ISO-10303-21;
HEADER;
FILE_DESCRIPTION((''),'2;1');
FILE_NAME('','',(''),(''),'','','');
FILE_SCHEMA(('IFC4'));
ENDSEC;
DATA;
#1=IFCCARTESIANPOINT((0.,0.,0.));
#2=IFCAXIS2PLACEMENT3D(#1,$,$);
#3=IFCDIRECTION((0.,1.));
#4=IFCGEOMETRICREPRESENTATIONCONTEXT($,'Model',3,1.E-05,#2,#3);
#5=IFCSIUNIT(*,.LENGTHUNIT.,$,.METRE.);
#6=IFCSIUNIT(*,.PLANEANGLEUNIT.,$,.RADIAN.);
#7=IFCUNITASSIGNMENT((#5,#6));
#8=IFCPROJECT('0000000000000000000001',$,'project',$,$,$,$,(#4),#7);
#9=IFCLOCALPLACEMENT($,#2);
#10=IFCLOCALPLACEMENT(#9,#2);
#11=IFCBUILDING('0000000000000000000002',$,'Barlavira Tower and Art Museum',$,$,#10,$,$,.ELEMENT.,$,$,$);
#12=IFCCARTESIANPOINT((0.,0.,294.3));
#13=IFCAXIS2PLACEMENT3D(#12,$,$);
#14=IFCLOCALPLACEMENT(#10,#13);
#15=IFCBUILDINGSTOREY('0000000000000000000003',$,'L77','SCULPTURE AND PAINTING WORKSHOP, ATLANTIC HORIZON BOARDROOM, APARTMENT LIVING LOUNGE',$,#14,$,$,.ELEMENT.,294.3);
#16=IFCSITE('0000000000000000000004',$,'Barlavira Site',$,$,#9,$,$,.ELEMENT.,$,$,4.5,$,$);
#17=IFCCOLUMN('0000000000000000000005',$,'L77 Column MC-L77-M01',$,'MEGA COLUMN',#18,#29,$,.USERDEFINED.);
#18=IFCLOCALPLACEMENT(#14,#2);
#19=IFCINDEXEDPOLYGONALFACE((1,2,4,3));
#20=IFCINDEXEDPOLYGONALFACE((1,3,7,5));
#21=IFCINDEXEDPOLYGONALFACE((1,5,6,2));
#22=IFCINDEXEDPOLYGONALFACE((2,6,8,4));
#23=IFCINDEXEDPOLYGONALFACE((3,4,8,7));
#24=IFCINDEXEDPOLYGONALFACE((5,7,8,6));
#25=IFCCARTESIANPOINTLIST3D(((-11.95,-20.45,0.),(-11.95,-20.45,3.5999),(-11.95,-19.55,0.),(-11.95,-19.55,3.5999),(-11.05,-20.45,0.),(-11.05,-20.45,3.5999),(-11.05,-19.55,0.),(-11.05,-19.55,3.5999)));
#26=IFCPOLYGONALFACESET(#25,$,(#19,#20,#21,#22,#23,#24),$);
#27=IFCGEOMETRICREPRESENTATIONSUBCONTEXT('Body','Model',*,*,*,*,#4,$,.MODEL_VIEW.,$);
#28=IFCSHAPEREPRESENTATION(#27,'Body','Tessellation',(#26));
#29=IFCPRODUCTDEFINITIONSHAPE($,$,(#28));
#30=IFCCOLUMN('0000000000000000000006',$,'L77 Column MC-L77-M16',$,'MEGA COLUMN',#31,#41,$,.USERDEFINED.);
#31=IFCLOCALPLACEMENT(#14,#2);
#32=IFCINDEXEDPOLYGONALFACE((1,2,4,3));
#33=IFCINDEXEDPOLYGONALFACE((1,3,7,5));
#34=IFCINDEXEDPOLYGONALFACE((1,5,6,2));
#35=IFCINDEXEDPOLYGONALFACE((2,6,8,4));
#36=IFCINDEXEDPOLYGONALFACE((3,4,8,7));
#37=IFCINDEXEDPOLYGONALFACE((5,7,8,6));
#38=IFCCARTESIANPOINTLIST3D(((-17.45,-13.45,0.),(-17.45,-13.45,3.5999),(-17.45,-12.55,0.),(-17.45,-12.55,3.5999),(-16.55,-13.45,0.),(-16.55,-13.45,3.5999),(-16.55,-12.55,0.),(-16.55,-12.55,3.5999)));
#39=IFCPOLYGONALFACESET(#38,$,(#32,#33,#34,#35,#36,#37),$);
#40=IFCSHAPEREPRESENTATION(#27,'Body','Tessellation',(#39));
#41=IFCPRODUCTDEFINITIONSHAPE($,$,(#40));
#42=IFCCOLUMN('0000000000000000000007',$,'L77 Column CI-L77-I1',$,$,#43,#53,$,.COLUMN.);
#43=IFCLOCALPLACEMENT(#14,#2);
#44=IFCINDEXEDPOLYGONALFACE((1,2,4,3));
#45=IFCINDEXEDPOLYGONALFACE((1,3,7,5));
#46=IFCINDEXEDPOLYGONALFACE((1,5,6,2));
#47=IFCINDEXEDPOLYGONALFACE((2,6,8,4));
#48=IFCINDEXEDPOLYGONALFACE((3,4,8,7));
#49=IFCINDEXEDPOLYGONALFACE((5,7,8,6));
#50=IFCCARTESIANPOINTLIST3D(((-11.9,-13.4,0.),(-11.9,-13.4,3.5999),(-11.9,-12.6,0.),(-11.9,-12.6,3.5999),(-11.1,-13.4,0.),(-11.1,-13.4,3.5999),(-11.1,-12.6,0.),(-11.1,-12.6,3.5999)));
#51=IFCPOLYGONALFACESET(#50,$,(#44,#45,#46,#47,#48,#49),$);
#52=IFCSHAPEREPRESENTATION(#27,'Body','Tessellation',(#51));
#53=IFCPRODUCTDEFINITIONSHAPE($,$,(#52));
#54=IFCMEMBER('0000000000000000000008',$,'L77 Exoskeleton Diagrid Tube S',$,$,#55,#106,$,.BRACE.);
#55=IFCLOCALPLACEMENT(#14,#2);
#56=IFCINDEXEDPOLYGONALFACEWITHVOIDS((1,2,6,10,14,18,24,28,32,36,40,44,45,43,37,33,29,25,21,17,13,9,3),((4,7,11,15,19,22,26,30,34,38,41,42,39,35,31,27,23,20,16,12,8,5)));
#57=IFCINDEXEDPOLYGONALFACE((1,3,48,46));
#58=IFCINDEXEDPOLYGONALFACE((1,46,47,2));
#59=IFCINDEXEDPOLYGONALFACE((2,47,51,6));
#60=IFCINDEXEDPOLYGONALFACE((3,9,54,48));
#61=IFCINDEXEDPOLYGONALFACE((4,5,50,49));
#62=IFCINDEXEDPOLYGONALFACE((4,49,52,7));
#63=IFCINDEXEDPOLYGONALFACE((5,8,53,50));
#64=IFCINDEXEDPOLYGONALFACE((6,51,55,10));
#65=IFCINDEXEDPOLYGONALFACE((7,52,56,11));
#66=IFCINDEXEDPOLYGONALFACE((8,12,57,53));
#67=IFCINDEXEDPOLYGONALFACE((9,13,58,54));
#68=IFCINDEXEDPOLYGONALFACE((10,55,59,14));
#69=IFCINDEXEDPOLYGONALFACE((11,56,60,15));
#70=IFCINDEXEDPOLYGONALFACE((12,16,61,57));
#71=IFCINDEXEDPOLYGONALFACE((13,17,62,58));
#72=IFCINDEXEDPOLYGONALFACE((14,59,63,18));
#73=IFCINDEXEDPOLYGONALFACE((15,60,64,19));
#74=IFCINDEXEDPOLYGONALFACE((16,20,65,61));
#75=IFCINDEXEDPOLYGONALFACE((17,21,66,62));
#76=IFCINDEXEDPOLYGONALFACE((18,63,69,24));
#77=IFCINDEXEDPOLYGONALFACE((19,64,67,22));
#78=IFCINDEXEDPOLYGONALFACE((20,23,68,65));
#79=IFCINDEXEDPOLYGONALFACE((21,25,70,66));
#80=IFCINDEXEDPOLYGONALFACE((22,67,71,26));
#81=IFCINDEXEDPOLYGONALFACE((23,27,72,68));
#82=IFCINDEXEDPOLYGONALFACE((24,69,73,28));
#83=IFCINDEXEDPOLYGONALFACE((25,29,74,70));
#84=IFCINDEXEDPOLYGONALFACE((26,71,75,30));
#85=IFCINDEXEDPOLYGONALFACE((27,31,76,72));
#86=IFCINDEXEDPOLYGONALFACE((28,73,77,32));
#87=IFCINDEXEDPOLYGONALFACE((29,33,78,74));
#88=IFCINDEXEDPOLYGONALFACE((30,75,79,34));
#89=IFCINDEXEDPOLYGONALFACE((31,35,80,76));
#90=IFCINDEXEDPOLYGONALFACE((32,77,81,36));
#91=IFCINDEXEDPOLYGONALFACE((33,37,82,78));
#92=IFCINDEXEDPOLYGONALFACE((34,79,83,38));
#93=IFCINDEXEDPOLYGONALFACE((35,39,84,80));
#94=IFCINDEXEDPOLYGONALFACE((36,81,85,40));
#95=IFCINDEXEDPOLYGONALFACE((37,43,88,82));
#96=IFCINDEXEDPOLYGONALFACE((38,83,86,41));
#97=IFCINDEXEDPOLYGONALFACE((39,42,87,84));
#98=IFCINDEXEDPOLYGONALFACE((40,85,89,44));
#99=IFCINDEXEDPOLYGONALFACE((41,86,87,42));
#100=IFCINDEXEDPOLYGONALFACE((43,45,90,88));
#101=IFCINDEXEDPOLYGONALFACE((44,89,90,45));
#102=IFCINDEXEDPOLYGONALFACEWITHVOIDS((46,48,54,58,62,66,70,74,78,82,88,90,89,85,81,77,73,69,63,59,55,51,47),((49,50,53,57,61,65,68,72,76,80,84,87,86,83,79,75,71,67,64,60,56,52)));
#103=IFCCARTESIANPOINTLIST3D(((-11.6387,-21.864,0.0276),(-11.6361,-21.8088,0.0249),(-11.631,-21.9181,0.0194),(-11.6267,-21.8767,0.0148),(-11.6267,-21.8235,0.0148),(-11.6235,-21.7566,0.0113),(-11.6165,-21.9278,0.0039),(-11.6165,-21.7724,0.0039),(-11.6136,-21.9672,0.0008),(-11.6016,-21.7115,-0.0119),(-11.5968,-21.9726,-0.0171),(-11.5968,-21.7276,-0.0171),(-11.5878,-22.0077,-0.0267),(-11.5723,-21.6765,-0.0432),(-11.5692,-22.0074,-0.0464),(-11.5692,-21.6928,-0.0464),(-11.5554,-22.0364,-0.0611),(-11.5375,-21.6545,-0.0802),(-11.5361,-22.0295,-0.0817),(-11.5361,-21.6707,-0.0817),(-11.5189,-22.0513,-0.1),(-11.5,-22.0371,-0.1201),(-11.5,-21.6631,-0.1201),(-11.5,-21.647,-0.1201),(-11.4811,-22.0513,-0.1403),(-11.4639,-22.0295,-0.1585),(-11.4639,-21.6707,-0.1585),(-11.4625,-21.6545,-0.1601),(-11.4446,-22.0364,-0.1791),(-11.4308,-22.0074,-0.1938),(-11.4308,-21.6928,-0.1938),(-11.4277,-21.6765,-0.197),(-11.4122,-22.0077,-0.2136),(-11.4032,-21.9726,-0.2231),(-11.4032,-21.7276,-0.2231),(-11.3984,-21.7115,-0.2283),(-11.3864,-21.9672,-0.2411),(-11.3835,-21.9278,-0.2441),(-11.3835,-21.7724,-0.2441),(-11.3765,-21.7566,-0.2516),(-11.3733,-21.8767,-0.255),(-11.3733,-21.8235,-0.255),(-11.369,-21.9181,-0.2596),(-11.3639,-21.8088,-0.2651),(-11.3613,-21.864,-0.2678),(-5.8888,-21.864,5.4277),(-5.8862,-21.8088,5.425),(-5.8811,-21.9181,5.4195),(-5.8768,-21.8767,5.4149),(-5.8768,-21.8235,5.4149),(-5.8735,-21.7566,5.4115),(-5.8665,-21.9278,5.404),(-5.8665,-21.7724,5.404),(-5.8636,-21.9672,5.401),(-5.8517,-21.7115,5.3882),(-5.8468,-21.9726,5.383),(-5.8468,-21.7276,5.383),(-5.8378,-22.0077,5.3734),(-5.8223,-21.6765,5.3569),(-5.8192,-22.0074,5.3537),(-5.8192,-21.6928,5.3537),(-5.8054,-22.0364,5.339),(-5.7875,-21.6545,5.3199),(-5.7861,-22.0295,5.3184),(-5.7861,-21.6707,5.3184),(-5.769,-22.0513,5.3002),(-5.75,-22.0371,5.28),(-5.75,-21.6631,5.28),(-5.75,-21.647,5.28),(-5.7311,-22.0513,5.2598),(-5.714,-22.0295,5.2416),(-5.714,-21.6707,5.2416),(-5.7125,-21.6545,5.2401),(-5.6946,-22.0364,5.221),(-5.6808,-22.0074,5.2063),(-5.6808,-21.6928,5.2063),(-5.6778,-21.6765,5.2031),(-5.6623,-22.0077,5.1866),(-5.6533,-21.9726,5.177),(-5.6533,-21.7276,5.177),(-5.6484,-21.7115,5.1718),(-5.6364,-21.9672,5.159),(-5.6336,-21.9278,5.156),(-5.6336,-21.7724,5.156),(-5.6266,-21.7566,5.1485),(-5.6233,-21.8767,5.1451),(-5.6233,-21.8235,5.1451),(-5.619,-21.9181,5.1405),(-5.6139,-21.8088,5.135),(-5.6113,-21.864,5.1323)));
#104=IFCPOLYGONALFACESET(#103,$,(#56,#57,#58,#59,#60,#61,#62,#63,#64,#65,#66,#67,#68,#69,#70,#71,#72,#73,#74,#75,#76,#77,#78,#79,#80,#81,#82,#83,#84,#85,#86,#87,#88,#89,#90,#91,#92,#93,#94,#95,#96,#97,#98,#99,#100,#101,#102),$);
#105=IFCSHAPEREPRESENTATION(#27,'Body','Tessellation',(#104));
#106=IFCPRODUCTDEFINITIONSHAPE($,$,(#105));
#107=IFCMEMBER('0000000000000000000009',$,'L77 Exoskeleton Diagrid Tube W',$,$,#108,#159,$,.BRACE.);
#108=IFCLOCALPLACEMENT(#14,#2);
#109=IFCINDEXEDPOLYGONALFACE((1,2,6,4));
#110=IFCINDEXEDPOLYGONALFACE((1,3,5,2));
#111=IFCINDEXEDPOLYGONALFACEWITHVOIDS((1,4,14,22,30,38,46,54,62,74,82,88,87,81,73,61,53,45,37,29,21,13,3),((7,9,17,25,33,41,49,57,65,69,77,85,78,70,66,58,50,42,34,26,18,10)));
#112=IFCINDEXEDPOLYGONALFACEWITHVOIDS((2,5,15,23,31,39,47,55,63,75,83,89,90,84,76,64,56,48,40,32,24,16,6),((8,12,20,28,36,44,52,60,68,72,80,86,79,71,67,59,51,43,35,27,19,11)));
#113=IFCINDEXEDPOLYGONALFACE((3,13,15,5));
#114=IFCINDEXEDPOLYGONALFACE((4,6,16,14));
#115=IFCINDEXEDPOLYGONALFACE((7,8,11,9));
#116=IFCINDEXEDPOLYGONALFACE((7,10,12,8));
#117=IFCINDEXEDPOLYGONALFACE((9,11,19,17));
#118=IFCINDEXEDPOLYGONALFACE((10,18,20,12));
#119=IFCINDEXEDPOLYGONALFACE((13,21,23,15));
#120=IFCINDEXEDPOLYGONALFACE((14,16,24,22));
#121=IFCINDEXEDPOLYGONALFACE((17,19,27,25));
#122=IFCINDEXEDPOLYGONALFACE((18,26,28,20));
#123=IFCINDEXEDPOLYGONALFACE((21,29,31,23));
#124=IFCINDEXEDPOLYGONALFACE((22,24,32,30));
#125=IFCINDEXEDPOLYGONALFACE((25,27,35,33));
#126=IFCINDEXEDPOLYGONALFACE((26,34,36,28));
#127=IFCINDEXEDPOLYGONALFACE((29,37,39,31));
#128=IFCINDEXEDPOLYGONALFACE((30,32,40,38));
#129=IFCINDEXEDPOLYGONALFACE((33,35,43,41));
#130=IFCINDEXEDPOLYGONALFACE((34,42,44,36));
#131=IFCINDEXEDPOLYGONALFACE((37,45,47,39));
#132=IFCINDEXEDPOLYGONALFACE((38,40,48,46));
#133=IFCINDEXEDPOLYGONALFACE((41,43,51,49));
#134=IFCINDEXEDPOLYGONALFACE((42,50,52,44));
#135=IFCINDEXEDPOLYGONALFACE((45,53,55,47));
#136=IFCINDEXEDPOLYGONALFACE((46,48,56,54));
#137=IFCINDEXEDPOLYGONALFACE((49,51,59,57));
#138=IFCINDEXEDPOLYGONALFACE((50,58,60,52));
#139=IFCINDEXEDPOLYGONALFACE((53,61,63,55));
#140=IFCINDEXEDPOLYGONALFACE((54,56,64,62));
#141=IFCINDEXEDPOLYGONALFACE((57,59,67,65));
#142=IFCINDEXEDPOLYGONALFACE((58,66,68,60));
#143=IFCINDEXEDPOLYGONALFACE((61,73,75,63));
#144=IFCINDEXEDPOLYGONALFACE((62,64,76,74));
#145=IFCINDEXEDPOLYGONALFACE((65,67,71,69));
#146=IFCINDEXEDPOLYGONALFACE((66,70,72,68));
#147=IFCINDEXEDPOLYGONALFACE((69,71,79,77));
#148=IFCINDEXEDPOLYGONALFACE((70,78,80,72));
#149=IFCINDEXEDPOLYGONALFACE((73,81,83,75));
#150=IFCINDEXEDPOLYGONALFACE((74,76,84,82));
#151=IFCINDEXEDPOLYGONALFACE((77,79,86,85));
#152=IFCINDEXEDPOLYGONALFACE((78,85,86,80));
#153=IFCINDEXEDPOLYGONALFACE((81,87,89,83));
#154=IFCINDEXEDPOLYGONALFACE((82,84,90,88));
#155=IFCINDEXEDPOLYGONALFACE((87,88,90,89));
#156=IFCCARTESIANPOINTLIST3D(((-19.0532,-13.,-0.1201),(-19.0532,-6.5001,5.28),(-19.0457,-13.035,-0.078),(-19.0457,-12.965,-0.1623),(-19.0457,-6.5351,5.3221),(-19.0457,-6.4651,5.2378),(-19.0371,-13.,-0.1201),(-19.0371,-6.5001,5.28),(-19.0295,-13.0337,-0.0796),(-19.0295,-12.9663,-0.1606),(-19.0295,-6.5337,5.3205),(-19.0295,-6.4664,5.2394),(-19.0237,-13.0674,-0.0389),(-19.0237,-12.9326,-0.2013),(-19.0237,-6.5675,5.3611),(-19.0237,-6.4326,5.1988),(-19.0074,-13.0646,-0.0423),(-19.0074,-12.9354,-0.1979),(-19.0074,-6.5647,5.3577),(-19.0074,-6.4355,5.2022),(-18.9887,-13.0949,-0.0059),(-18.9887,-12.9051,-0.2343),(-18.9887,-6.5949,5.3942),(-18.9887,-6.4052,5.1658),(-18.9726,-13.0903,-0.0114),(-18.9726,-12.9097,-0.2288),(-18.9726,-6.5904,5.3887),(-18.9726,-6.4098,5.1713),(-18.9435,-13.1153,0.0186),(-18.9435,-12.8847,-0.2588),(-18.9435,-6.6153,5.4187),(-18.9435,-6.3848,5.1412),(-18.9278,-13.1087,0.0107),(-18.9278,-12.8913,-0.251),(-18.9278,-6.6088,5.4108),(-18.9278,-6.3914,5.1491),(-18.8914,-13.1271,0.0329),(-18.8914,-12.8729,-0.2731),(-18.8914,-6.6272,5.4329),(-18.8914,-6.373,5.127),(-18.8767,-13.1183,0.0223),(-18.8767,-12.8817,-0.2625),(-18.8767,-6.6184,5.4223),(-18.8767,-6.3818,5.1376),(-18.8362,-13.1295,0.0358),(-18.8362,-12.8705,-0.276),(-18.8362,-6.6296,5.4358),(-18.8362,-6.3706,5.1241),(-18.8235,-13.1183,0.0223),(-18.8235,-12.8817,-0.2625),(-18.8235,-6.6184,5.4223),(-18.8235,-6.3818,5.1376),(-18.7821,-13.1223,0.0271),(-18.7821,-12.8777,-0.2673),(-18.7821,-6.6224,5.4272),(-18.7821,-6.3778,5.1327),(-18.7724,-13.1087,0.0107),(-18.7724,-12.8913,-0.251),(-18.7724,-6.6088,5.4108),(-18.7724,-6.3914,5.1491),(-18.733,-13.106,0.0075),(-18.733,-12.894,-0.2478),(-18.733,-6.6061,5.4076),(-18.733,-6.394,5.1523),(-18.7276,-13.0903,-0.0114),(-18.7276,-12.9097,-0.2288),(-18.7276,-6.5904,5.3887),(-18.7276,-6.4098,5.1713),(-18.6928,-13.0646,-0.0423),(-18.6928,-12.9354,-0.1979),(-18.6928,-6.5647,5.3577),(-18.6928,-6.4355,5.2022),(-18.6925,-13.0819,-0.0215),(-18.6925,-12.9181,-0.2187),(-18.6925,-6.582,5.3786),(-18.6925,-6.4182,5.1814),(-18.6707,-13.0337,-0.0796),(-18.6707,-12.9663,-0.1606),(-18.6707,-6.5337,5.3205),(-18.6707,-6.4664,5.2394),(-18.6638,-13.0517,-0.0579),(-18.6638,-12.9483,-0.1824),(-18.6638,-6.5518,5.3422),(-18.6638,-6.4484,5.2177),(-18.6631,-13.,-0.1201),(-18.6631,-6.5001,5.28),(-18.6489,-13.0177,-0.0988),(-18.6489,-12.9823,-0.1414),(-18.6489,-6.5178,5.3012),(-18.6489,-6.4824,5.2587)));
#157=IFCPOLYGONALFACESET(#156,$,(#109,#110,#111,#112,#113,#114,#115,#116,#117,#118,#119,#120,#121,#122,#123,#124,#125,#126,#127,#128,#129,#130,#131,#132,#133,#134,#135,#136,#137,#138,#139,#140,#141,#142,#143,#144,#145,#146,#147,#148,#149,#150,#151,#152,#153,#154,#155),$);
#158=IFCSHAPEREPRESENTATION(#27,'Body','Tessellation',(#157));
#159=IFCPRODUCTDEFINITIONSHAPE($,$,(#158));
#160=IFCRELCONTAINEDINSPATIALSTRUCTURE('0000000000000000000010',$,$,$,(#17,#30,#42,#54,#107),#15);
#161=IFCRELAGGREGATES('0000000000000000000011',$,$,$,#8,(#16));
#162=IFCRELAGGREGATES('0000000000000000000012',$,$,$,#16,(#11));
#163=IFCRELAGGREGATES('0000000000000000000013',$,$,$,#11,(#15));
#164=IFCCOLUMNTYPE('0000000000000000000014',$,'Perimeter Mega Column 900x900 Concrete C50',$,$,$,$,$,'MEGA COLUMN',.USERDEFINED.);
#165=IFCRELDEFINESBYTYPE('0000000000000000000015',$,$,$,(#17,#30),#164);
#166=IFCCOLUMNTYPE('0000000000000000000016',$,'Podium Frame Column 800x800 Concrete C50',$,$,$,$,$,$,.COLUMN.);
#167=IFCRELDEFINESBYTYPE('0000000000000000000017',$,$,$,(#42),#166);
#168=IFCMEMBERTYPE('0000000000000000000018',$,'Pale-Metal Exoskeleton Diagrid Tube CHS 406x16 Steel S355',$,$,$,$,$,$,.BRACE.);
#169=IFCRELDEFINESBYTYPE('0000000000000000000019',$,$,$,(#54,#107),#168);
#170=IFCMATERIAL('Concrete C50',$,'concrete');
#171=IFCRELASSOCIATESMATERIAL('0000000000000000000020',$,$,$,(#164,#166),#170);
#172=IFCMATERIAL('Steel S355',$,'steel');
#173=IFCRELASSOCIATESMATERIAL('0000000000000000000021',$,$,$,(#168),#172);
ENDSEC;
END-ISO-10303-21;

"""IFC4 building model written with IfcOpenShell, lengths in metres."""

from ifc_helpers import new_model, si_unit, direction, frame, origin, origin_2d, place, context, subcontext, project, spatial, rectangle, hollow_circle, extrude, material, material_profile, profile_set, type_object, element, save


model = new_model("IFC4")

# Units and contexts
model_context = context("Model", 3, precision=1e-05, world=origin(), true_north=direction((0.0, 1.0)))
body_context = subcontext(model_context, "Body", "Model", "MODEL_VIEW")
ifc_project = project(units=[si_unit("LENGTHUNIT", "METRE"), si_unit("PLANEANGLEUNIT", "RADIAN")], contexts=[model_context])

# Site, building, storey
site_placement = place(None, origin())
site = spatial("IfcSite", under=ifc_project, at=site_placement, Name="Barlavira Site", CompositionType="ELEMENT", RefElevation=4.5)
building_placement = place(site_placement, origin())
building = spatial("IfcBuilding", under=site, at=building_placement, Name="Barlavira Tower and Art Museum", CompositionType="ELEMENT")
storey_placement = place(building_placement, frame((0.0, 0.0, 294.3)))
storey = spatial("IfcBuildingStorey", under=building, at=storey_placement, Name="L77", Description="SCULPTURE AND PAINTING WORKSHOP, ATLANTIC HORIZON BOARDROOM, APARTMENT LIVING LOUNGE", CompositionType="ELEMENT", Elevation=294.3)

# Columns
ifc_material_1 = material(Name="Concrete C50", Category="concrete")
ifc_material_profile_1 = material_profile(ifc_material_1, rectangle(XDim=0.8999, YDim=0.8999, at=origin_2d()), Name="RC-COL 900x900")
ifc_profile_set_1 = profile_set([ifc_material_profile_1], Name="Concrete C50")
column_type_1 = type_object("IfcColumnType", Name="Perimeter Mega Column 900x900 Concrete C50", ElementType="MEGA COLUMN", PredefinedType="USERDEFINED", material=ifc_profile_set_1)
for number, where, z_axis, x_axis, name in (
    (1, (-11.5, -20.0, 0.0), (0.0, 0.0, 1.0), (1.0, 0.0, 0.0), "L77 Column MC-L77-M01"),
    (2, (-17.0, -13.0, 0.0), (0.0, 0.0, 1.0), (1.0, 0.0, 0.0), "L77 Column MC-L77-M16"),
):
    element("IfcColumn", number, at=place(storey_placement, frame(where, z_axis=z_axis, x_axis=x_axis)), inside=storey, type_object=column_type_1, Name=name, ObjectType="MEGA COLUMN", PredefinedType="USERDEFINED", context=body_context, shape_type="SweptSolid", body=[
        extrude(rectangle(XDim=0.8999, YDim=0.8999, at=origin_2d()), origin(), (0.0, 0.0, 1.0), 3.5999),
    ])
ifc_material_profile_2 = material_profile(ifc_material_1, rectangle(XDim=0.8, YDim=0.8, at=origin_2d()), Name="RC-COL 800x800")
ifc_profile_set_2 = profile_set([ifc_material_profile_2], Name="Concrete C50")
column_type_2 = type_object("IfcColumnType", Name="Podium Frame Column 800x800 Concrete C50", PredefinedType="COLUMN", material=ifc_profile_set_2)
column_placement = place(storey_placement, frame((-11.5, -13.0, 0.0), z_axis=(0.0, 0.0, 1.0), x_axis=(1.0, 0.0, 0.0)))
element("IfcColumn", 3, at=column_placement, inside=storey, type_object=column_type_2, Name="L77 Column CI-L77-I1", PredefinedType="COLUMN", context=body_context, shape_type="SweptSolid", body=[
    extrude(rectangle(XDim=0.8, YDim=0.8, at=origin_2d()), origin(), (0.0, 0.0, 1.0), 3.5999),
])

# Members
ifc_material_2 = material(Name="Steel S355", Category="steel")
ifc_material_profile_3 = material_profile(ifc_material_2, hollow_circle(Radius=0.2031, WallThickness=0.0161, at=origin_2d()), Name="CHS 406.4x16.0")
ifc_profile_set_3 = profile_set([ifc_material_profile_3], Name="Steel S355")
member_type_1 = type_object("IfcMemberType", Name="Pale-Metal Exoskeleton Diagrid Tube CHS 406x16 Steel S355", PredefinedType="BRACE", material=ifc_profile_set_3)
member_1_placement = place(storey_placement, frame((-11.5, -21.8501, -0.1201), z_axis=(0.728935, 0.0, 0.684583), x_axis=(0.0, 1.0, 0.0)))
element("IfcMember", 4, at=member_1_placement, inside=storey, type_object=member_type_1, Name="L77 Exoskeleton Diagrid Tube S", PredefinedType="BRACE", context=body_context, shape_type="SweptSolid", body=[
    extrude(hollow_circle(Radius=0.2031, WallThickness=0.0161, at=origin_2d()), origin(), (0.0, 0.0, 1.0), 7.8882),
])
member_2_placement = place(storey_placement, frame((-18.8501, -13.0, -0.1201), z_axis=(0.0, 0.769182, 0.63903), x_axis=(-1.0, 0.0, 0.0)))
element("IfcMember", 5, at=member_2_placement, inside=storey, type_object=member_type_1, Name="L77 Exoskeleton Diagrid Tube W", PredefinedType="BRACE", context=body_context, shape_type="SweptSolid", body=[
    extrude(hollow_circle(Radius=0.2031, WallThickness=0.0161, at=origin_2d()), origin(), (0.0, 0.0, 1.0), 8.4504),
])

save(model, "model.ifc")
